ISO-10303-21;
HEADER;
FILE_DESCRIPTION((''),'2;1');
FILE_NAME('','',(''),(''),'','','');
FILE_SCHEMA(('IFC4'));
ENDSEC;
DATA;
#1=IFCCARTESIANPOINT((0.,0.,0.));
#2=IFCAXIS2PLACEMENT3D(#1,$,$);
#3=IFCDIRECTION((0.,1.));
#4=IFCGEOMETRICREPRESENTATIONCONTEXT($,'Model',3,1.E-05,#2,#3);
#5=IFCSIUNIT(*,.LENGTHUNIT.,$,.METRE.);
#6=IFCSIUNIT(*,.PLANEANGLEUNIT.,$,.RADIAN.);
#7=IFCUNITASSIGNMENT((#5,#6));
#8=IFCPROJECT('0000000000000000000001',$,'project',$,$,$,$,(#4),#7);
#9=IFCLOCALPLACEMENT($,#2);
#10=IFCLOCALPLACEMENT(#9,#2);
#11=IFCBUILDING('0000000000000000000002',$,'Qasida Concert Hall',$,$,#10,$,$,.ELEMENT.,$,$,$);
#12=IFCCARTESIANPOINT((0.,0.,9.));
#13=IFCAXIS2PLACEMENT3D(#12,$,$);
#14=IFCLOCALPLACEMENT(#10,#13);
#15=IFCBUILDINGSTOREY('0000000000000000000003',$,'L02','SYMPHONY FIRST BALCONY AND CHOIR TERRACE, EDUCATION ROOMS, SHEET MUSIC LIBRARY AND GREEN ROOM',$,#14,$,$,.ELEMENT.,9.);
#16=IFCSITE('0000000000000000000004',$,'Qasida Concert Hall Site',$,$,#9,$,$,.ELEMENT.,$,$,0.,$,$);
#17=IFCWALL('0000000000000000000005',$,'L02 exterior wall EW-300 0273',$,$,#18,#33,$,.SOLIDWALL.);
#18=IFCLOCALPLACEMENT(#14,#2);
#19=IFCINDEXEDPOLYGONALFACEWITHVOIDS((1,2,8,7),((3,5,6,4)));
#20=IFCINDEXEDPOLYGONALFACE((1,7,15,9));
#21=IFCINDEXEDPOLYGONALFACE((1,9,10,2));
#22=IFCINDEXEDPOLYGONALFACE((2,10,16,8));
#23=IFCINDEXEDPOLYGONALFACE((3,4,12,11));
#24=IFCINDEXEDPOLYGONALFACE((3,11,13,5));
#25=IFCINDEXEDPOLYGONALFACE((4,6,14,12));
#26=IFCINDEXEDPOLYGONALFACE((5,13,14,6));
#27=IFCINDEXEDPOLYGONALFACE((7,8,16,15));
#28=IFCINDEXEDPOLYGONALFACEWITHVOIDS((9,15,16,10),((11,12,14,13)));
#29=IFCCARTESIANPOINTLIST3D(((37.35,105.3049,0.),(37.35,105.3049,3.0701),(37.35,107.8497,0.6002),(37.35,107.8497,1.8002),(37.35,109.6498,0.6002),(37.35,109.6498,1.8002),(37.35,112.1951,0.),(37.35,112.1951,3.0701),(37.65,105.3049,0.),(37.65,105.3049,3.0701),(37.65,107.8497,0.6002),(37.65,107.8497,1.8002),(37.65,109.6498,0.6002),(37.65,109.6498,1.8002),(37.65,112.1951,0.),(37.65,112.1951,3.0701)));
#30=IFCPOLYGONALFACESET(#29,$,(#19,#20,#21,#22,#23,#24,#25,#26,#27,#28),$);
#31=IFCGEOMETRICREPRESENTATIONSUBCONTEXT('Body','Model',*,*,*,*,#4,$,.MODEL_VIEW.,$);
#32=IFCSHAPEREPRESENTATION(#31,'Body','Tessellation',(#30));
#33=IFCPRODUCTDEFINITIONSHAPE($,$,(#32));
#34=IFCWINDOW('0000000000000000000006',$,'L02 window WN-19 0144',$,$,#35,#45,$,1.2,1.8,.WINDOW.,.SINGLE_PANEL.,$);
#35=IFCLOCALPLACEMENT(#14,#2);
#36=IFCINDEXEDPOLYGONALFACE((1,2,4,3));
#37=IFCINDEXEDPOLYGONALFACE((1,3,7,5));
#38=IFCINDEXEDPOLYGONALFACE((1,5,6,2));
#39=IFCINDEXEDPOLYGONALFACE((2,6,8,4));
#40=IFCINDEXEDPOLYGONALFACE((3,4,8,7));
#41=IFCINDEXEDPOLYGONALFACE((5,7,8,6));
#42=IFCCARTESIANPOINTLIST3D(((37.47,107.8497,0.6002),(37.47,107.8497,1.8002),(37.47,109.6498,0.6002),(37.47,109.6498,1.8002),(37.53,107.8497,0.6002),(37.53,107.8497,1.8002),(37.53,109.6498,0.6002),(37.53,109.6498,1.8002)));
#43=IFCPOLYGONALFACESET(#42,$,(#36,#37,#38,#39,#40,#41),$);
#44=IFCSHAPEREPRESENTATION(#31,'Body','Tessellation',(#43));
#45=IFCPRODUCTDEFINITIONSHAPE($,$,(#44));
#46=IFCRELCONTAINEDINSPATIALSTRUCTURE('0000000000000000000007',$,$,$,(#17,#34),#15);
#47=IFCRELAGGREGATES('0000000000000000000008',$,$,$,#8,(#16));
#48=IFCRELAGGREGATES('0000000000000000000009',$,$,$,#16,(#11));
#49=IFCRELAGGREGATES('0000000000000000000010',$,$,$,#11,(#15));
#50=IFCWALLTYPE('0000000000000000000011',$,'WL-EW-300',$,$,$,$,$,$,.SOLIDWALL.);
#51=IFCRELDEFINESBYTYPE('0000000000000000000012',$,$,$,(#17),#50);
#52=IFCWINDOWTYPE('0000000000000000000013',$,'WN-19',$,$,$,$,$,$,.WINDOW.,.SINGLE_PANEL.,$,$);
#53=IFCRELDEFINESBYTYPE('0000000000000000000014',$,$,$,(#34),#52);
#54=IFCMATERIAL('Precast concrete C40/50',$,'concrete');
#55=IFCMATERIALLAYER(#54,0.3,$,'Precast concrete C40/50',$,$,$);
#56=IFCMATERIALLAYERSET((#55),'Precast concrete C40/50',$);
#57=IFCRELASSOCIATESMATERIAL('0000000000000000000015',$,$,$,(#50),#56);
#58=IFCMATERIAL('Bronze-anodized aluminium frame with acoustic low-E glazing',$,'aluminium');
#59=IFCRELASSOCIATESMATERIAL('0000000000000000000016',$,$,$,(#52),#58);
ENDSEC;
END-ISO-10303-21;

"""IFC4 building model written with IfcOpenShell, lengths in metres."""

from ifc_helpers import new_model, si_unit, direction, frame, frame_2d, origin, place, context, subcontext, project, spatial, rectangle, extrude, material, layer, layer_set, type_object, element, fill, save


model = new_model("IFC4")

# Units and contexts
model_context = context("Model", 3, precision=1e-05, world=origin(), true_north=direction((0.0, 1.0)))
body_context = subcontext(model_context, "Body", "Model", "MODEL_VIEW")
ifc_project = project(units=[si_unit("LENGTHUNIT", "METRE"), si_unit("PLANEANGLEUNIT", "RADIAN")], contexts=[model_context])

# Site, building, storey
site_placement = place(None, origin())
site = spatial("IfcSite", under=ifc_project, at=site_placement, Name="Qasida Concert Hall Site", CompositionType="ELEMENT", RefElevation=0.0)
building_placement = place(site_placement, origin())
building = spatial("IfcBuilding", under=site, at=building_placement, Name="Qasida Concert Hall", CompositionType="ELEMENT")
storey_placement = place(building_placement, frame((0.0, 0.0, 9.0)))
storey = spatial("IfcBuildingStorey", under=building, at=storey_placement, Name="L02", Description="SYMPHONY FIRST BALCONY AND CHOIR TERRACE, EDUCATION ROOMS, SHEET MUSIC LIBRARY AND GREEN ROOM", CompositionType="ELEMENT", Elevation=9.0)

# Wall, opening, window
ifc_material_1 = material(Name="Precast concrete C40/50", Category="concrete")
ifc_layer_1 = layer(ifc_material_1, 0.3, Name="Precast concrete C40/50")
ifc_layer_set_1 = layer_set([ifc_layer_1], Name="Precast concrete C40/50")
wall_type = type_object("IfcWallType", Name="WL-EW-300", PredefinedType="SOLIDWALL", material=ifc_layer_set_1)
wall_placement = place(storey_placement, frame((37.5, 105.3049, 0.0), z_axis=(0.0, 0.0, 1.0), x_axis=(0.0, 1.0, 0.0)))
wall = element("IfcWall", 1, at=wall_placement, inside=storey, type_object=wall_type, Name="L02 exterior wall EW-300 0273", PredefinedType="SOLIDWALL", context=body_context, shape_type="SweptSolid", body=[
    extrude(rectangle(XDim=6.8901, YDim=0.3, at=frame_2d((3.4451, 0.0))), origin(), (0.0, 0.0, 1.0), 3.0701),
])
opening_placement = place(wall_placement, frame((2.5449, 0.0, 0.6001)))
opening = element("IfcOpeningElement", 2, at=opening_placement, cuts=wall, PredefinedType="OPENING", context=body_context, shape_type="SweptSolid", body=[
    extrude(rectangle(XDim=1.8, YDim=1.2, at=frame_2d((0.8999, 0.6001))), frame((0.0, 0.1599, 0.0), z_axis=(0.0, -1.0, 0.0), x_axis=(1.0, 0.0, 0.0)), (0.0, 0.0, 1.0), 0.3201),
])
ifc_material_2 = material(Name="Bronze-anodized aluminium frame with acoustic low-E glazing", Category="aluminium")
window_type = type_object("IfcWindowType", Name="WN-19", PartitioningType="SINGLE_PANEL", PredefinedType="WINDOW", material=ifc_material_2)
window_placement = place(opening_placement, origin())
window = element("IfcWindow", 3, at=window_placement, inside=storey, type_object=window_type, Name="L02 window WN-19 0144", OverallHeight=1.2, OverallWidth=1.8, PartitioningType="SINGLE_PANEL", PredefinedType="WINDOW", context=body_context, shape_type="SweptSolid", body=[
    extrude(rectangle(XDim=1.8, YDim=1.2, at=frame_2d((0.8999, 0.6001))), frame((0.0, 0.03, 0.0), z_axis=(0.0, -1.0, 0.0), x_axis=(1.0, 0.0, 0.0)), (0.0, 0.0, 1.0), 0.0601),
])
fill(opening, window)

save(model, "model.ifc")
